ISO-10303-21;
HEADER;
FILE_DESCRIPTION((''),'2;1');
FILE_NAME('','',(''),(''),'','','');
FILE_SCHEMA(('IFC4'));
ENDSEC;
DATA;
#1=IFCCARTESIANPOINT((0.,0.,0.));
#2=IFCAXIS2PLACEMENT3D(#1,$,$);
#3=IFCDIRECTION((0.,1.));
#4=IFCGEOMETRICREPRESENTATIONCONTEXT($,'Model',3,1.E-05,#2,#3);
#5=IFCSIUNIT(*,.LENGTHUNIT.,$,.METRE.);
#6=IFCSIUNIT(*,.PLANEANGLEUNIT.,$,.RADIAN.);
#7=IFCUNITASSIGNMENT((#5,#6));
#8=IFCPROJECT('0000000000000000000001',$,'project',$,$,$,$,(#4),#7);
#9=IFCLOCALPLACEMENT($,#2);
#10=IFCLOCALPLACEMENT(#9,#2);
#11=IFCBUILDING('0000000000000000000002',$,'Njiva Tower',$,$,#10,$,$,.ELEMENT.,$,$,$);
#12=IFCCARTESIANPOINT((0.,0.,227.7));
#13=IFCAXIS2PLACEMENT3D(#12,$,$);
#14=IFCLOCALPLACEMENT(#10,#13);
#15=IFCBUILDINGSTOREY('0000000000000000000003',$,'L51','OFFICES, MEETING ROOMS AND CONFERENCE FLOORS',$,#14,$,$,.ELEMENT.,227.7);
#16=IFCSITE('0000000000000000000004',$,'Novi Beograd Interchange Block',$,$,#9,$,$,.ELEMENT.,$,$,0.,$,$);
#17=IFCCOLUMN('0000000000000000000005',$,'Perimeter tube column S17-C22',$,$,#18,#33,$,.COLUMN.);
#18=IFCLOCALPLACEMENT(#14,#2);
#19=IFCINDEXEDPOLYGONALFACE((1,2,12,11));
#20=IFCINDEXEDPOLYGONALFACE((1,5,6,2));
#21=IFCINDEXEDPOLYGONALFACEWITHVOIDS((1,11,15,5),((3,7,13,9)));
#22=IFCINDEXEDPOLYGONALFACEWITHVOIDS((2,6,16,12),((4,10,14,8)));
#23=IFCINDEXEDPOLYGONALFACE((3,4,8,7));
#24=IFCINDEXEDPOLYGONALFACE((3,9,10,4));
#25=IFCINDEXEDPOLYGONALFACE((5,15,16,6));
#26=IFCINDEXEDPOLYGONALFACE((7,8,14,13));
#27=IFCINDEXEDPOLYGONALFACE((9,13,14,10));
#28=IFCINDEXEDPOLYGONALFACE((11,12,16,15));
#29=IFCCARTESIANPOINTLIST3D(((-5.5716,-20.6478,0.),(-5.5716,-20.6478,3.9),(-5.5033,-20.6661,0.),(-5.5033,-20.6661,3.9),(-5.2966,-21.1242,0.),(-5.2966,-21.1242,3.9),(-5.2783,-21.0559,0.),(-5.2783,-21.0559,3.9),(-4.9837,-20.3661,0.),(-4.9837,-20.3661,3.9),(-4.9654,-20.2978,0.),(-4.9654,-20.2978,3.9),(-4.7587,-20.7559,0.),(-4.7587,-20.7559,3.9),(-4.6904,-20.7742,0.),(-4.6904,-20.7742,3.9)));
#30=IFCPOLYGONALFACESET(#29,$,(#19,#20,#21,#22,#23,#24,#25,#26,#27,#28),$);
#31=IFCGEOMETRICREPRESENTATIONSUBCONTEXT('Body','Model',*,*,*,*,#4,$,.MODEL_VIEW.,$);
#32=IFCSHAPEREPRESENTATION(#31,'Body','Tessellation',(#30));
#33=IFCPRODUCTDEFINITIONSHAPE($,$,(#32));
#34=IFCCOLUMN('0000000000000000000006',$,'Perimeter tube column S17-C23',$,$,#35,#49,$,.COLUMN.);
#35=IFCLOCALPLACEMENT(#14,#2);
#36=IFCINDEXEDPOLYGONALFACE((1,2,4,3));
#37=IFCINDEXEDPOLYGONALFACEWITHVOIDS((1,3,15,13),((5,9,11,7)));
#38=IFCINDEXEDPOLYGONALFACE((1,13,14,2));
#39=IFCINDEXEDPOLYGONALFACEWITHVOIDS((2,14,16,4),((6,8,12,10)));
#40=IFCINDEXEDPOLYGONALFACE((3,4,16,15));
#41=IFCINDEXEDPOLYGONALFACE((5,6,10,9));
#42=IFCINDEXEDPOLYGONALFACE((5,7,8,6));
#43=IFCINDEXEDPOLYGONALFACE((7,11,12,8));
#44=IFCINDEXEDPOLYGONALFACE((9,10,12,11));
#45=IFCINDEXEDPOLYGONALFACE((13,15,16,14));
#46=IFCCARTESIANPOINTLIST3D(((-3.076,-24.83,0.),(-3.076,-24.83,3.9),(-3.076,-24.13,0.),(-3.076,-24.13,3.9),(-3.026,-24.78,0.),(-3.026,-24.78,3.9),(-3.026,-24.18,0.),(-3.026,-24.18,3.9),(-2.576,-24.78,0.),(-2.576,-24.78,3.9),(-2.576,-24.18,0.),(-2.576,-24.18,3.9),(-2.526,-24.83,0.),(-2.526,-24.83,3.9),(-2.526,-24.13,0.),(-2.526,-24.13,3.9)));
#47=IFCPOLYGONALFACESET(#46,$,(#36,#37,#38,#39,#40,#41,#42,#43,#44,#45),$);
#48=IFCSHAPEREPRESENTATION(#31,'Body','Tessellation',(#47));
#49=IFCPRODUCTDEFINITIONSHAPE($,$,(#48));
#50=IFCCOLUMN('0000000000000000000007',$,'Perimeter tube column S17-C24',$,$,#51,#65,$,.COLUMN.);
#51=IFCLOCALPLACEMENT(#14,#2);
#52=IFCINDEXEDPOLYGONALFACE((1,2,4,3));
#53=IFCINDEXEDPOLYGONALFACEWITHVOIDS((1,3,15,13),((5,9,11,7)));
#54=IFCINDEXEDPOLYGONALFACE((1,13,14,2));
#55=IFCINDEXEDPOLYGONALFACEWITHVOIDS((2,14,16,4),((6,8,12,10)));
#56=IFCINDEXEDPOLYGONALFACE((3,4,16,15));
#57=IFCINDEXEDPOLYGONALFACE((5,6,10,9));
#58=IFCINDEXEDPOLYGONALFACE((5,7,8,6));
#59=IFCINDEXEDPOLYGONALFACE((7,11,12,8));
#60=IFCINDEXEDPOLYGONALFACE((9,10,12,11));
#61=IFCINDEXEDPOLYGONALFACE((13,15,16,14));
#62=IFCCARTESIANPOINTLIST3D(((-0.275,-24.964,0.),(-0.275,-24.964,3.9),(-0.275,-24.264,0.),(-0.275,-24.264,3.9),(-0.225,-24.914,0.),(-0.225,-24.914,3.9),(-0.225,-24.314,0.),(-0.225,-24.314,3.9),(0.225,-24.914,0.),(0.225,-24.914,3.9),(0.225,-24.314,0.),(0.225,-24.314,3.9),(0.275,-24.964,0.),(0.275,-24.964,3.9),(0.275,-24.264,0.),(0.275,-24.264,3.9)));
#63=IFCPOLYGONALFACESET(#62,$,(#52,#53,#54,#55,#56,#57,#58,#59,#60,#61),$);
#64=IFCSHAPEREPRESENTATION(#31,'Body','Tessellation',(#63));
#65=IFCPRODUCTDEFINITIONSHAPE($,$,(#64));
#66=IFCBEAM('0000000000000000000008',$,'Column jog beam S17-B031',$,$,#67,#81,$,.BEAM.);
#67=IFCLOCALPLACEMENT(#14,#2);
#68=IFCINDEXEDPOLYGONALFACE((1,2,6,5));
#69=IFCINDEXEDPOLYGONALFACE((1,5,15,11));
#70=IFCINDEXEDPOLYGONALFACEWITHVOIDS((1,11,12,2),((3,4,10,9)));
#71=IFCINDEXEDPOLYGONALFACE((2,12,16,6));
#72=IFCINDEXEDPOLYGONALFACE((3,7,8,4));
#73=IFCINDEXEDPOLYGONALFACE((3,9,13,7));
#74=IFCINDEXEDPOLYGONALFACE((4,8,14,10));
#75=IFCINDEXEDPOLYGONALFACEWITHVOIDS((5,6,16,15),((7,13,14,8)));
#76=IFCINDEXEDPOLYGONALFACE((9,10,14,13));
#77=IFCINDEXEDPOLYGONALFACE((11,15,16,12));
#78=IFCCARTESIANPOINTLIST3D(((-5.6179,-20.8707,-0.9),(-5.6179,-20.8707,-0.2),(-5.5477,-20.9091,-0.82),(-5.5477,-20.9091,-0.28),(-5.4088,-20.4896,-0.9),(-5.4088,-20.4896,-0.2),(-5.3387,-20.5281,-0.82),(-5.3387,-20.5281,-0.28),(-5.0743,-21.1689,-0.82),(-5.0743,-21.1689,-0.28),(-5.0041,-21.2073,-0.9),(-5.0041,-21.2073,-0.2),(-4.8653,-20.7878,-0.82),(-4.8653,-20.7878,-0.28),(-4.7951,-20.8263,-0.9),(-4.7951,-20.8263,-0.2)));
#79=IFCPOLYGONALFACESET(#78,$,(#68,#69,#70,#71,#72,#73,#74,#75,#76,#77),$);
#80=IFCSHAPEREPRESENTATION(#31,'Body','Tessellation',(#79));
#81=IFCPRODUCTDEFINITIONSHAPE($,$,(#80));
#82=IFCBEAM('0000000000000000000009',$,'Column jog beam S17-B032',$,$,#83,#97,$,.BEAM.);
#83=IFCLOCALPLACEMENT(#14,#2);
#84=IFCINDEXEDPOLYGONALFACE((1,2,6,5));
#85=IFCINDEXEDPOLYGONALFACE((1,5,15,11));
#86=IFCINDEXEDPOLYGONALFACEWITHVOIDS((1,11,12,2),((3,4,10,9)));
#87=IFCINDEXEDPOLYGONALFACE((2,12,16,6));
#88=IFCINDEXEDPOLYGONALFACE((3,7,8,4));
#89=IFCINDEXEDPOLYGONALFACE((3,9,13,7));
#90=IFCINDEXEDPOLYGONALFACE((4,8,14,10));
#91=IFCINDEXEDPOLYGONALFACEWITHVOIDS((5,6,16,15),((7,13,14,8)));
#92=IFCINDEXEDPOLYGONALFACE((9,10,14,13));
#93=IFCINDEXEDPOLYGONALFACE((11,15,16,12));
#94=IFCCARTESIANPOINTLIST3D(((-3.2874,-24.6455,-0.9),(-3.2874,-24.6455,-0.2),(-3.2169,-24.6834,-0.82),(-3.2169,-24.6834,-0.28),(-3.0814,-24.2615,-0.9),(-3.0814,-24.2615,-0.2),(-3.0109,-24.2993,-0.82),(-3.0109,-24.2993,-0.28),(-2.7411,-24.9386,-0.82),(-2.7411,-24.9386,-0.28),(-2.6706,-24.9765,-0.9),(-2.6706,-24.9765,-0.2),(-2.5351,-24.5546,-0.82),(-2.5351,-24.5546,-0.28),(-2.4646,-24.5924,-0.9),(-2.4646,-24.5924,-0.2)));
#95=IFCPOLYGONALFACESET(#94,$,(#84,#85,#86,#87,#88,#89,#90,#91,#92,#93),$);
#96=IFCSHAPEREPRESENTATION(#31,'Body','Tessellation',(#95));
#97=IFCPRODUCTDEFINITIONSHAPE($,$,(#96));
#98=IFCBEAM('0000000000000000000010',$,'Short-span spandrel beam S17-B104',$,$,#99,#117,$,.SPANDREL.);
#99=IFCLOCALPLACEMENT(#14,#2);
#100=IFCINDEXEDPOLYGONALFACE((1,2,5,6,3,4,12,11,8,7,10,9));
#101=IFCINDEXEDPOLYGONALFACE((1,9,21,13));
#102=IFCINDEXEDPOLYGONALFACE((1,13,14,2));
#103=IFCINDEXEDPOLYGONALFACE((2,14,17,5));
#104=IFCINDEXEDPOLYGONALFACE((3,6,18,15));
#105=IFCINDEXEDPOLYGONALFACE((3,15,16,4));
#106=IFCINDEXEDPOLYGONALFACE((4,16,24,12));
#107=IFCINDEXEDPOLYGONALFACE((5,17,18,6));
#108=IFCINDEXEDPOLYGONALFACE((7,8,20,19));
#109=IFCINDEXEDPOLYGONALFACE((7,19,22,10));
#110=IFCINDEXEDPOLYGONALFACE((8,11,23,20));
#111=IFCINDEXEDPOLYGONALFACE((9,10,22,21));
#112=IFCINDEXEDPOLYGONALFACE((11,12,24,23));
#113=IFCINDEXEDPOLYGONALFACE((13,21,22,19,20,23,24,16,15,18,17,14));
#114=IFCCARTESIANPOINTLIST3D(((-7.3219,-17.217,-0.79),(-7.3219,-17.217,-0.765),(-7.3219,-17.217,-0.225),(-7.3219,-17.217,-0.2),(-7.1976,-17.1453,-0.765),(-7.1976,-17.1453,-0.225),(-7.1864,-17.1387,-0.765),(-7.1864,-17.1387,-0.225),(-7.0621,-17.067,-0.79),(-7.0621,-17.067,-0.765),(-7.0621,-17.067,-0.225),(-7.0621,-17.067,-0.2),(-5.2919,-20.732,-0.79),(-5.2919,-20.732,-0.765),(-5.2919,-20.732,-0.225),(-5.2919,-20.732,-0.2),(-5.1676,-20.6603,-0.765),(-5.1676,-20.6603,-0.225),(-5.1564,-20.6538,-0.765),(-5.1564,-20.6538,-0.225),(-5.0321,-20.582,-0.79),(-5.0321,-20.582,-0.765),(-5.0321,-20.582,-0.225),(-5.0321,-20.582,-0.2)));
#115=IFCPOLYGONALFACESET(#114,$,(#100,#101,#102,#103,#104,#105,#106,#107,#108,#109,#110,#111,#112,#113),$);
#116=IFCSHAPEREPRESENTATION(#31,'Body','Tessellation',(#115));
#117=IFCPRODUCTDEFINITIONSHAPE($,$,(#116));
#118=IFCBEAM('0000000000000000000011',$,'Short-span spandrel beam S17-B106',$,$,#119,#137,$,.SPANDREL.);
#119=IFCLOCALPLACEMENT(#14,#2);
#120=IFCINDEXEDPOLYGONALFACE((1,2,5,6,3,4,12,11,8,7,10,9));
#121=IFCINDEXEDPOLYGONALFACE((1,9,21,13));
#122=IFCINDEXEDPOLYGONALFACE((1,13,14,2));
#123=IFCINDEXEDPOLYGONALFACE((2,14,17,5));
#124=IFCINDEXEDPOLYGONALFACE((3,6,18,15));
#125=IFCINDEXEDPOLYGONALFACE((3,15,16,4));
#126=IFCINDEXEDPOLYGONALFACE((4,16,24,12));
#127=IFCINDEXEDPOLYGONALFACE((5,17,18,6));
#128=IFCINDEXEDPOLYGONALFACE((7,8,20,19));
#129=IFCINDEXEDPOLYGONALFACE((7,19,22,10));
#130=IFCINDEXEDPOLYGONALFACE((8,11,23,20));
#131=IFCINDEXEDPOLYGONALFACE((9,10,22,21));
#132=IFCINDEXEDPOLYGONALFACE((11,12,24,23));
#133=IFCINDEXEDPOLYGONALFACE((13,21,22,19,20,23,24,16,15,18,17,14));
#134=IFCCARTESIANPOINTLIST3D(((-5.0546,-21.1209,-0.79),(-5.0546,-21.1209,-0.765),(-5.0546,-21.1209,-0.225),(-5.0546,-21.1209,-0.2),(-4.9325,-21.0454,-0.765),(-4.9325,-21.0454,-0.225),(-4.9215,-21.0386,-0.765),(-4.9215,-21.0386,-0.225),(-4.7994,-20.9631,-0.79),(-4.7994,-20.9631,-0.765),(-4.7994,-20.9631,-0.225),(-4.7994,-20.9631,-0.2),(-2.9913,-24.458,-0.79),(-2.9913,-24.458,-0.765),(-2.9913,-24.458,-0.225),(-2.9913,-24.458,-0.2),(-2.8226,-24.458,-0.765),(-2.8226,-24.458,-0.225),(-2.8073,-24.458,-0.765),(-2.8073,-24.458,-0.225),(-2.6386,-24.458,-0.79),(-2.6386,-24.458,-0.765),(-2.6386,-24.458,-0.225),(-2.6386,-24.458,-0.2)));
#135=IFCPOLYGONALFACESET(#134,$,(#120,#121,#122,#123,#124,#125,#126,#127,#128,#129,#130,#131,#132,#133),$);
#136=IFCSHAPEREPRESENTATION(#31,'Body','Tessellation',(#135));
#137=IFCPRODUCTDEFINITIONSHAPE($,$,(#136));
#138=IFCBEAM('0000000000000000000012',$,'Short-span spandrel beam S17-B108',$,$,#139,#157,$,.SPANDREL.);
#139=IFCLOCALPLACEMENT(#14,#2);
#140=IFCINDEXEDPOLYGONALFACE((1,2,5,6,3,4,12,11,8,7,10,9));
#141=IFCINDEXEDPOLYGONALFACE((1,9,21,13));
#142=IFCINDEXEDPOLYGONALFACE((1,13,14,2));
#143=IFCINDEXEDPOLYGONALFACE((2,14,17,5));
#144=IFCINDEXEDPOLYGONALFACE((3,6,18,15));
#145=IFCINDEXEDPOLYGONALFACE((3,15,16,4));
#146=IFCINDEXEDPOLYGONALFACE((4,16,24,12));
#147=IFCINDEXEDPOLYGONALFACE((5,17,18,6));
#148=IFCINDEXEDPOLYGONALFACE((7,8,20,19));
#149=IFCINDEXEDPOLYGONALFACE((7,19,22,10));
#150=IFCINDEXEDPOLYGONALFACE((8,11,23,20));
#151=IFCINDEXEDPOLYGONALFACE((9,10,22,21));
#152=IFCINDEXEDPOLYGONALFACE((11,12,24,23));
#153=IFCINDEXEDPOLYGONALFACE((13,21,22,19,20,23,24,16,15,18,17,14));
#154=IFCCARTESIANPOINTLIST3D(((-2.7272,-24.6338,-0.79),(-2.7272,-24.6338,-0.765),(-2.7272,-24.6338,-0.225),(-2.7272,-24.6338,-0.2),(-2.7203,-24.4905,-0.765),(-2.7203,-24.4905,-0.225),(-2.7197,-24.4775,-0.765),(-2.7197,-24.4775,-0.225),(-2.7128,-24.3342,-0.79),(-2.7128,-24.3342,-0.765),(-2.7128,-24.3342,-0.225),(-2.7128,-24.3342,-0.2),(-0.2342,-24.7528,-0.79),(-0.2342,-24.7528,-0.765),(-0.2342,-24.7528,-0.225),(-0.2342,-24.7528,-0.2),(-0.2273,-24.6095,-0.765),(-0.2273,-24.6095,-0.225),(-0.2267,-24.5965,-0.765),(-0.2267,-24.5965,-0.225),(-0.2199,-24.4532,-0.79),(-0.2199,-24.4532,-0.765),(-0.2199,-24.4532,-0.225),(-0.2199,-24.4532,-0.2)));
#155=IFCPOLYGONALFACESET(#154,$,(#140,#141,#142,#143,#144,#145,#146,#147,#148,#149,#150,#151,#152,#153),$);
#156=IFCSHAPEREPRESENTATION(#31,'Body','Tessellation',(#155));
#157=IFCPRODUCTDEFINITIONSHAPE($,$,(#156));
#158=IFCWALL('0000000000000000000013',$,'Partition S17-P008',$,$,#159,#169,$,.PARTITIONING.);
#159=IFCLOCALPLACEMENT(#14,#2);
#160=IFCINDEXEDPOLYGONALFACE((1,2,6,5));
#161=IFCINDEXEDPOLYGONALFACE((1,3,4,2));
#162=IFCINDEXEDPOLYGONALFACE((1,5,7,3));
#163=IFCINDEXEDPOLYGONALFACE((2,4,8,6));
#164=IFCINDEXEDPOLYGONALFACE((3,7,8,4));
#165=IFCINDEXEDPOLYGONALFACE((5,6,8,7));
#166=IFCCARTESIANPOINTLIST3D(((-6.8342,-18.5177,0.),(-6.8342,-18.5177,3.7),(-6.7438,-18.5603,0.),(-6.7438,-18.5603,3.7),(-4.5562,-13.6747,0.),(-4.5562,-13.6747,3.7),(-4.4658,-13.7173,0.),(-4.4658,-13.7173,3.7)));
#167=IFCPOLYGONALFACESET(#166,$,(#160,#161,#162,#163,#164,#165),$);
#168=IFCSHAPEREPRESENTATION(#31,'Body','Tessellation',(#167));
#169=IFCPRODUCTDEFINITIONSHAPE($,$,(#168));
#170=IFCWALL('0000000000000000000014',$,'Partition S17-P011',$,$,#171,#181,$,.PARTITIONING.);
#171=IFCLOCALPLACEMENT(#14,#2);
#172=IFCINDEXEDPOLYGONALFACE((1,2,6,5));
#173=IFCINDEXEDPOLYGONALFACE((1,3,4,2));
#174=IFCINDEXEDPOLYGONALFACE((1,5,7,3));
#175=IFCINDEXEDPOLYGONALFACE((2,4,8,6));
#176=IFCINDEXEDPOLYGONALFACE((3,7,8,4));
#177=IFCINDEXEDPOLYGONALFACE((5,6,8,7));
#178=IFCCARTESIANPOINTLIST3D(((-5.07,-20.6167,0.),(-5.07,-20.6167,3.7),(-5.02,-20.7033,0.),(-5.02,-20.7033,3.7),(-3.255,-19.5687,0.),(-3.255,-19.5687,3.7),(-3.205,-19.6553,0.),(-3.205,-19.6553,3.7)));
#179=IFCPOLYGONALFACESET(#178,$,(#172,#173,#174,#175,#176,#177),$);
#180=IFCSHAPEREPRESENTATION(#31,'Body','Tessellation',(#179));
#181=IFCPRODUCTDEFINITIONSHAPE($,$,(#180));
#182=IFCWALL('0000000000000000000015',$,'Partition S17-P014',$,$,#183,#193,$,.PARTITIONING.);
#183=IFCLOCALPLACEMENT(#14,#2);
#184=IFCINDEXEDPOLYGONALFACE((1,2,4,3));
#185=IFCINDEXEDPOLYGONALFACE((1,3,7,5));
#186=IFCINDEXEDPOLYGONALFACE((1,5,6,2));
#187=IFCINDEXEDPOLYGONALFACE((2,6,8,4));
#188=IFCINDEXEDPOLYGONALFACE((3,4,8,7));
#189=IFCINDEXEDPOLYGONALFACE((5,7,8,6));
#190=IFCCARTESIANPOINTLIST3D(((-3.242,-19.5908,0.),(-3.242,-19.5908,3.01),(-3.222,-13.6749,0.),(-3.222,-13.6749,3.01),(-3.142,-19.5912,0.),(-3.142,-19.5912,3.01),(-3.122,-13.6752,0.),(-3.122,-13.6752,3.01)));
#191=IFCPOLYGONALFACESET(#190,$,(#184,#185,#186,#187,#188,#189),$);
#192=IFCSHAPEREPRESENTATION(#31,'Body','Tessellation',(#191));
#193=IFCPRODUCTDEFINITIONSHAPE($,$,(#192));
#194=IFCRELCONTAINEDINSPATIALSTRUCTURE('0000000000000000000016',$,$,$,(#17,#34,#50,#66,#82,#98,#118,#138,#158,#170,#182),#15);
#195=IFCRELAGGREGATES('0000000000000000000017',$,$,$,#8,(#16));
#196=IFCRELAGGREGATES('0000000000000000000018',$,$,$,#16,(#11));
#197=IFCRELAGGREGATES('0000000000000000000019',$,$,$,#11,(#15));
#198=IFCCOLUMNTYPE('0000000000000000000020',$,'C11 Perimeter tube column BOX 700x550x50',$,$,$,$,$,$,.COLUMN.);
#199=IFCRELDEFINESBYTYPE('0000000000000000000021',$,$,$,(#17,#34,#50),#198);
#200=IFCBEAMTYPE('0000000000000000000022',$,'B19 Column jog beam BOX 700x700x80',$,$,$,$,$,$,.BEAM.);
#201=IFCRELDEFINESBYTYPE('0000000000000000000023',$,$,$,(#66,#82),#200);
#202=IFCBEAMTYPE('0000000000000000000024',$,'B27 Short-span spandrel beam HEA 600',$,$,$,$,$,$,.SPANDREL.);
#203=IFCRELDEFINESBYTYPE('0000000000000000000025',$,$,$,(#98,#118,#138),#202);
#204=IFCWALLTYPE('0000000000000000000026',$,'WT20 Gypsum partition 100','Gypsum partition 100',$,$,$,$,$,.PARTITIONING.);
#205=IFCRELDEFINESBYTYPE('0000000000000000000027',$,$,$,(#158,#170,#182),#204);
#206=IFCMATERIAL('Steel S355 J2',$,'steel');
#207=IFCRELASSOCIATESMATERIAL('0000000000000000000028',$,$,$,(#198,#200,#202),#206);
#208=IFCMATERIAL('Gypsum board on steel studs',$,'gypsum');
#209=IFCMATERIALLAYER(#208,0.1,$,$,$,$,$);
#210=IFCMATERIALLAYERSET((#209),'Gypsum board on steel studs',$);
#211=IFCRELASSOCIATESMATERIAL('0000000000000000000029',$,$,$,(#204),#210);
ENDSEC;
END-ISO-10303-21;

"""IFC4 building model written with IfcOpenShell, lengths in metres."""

from ifc_helpers import new_model, si_unit, direction, frame, frame_2d, origin, origin_2d, place, context, subcontext, project, spatial, rectangle, hollow_rectangle, i_section, extrude, clip, halfspace, material, layer, layer_set, material_profile, profile_set, type_object, element, save


model = new_model("IFC4")

# Units and contexts
model_context = context("Model", 3, precision=1e-05, world=origin(), true_north=direction((0.0, 1.0)))
body_context = subcontext(model_context, "Body", "Model", "MODEL_VIEW")
ifc_project = project(units=[si_unit("LENGTHUNIT", "METRE"), si_unit("PLANEANGLEUNIT", "RADIAN")], contexts=[model_context])

# Site, building, storey
site_placement = place(None, origin())
site = spatial("IfcSite", under=ifc_project, at=site_placement, Name="Novi Beograd Interchange Block", CompositionType="ELEMENT", RefElevation=0.0)
building_placement = place(site_placement, origin())
building = spatial("IfcBuilding", under=site, at=building_placement, Name="Njiva Tower", CompositionType="ELEMENT")
storey_placement = place(building_placement, frame((0.0, 0.0, 227.7)))
storey = spatial("IfcBuildingStorey", under=building, at=storey_placement, Name="L51", Description="OFFICES, MEETING ROOMS AND CONFERENCE FLOORS", CompositionType="ELEMENT", Elevation=227.7)

# Columns
ifc_material_1 = material(Name="Steel S355 J2", Category="steel")
ifc_material_profile_1 = material_profile(ifc_material_1, hollow_rectangle(XDim=0.55, YDim=0.7, WallThickness=0.05, at=origin_2d()), Name="BOX 700x550x50")
ifc_profile_set_1 = profile_set([ifc_material_profile_1], Name="Steel S355 J2")
column_type = type_object("IfcColumnType", Name="C11 Perimeter tube column BOX 700x550x50", PredefinedType="COLUMN", material=ifc_profile_set_1)
for number, where, z_axis, x_axis, name in (
    (1, (-5.131, -20.711, 0.0), (0.0, 0.0, 1.0), (0.5, -0.866025, 0.0), "Perimeter tube column S17-C22"),
    (2, (-2.801, -24.48, 0.0), (0.0, 0.0, 1.0), (1.0, 0.0, 0.0), "Perimeter tube column S17-C23"),
    (3, (0.0, -24.614, 0.0), (0.0, 0.0, 1.0), (1.0, 0.0, 0.0), "Perimeter tube column S17-C24"),
):
    element("IfcColumn", number, at=place(storey_placement, frame(where, z_axis=z_axis, x_axis=x_axis)), inside=storey, type_object=column_type, Name=name, PredefinedType="COLUMN", context=body_context, shape_type="SweptSolid", body=[
        extrude(hollow_rectangle(XDim=0.55, YDim=0.7, WallThickness=0.05, at=origin_2d()), origin(), (0.0, 0.0, 1.0), 3.9),
    ])

# Beams
ifc_material_profile_2 = material_profile(ifc_material_1, hollow_rectangle(XDim=0.7, YDim=0.7, WallThickness=0.08, at=origin_2d()), Name="BOX 700x700x80")
ifc_profile_set_2 = profile_set([ifc_material_profile_2], Name="Steel S355 J2")
beam_type_1 = type_object("IfcBeamType", Name="B19 Column jog beam BOX 700x700x80", PredefinedType="BEAM", material=ifc_profile_set_2)
beam_1_placement = place(storey_placement, frame((-5.311, -21.039, -0.55), z_axis=(0.480947, 0.87675, 0.0), x_axis=(-0.87675, 0.480947, 0.0)))
element("IfcBeam", 4, at=beam_1_placement, inside=storey, type_object=beam_type_1, Name="Column jog beam S17-B031", PredefinedType="BEAM", context=body_context, shape_type="SweptSolid", body=[
    extrude(hollow_rectangle(XDim=0.7, YDim=0.7, WallThickness=0.08, at=origin_2d()), origin(), (0.0, 0.0, 1.0), 0.4346),
])
beam_2_placement = place(storey_placement, frame((-2.979, -24.811, -0.55), z_axis=(0.472731, 0.881207, 0.0), x_axis=(-0.881207, 0.472731, 0.0)))
element("IfcBeam", 5, at=beam_2_placement, inside=storey, type_object=beam_type_1, Name="Column jog beam S17-B032", PredefinedType="BEAM", context=body_context, shape_type="SweptSolid", body=[
    extrude(hollow_rectangle(XDim=0.7, YDim=0.7, WallThickness=0.08, at=origin_2d()), origin(), (0.0, 0.0, 1.0), 0.4358),
])
ifc_material_profile_3 = material_profile(ifc_material_1, i_section(OverallWidth=0.3, OverallDepth=0.59, WebThickness=0.013, FlangeThickness=0.025, at=origin_2d()), Name="HEA 600")
ifc_profile_set_3 = profile_set([ifc_material_profile_3], Name="Steel S355 J2")
beam_type_2 = type_object("IfcBeamType", Name="B27 Short-span spandrel beam HEA 600", PredefinedType="SPANDREL", material=ifc_profile_set_3)
beam_3_placement = place(storey_placement, frame((-7.192, -17.142, -0.495), z_axis=(0.500113, -0.86596, 0.0), x_axis=(0.86596, 0.500113, 0.0)))
element("IfcBeam", 6, at=beam_3_placement, inside=storey, type_object=beam_type_2, Name="Short-span spandrel beam S17-B104", PredefinedType="SPANDREL", context=body_context, shape_type="SweptSolid", body=[
    extrude(i_section(OverallWidth=0.3, OverallDepth=0.59, WebThickness=0.013, FlangeThickness=0.025, at=origin_2d()), origin(), (0.0, 0.0, 1.0), 4.0591),
])
beam_4_placement = place(storey_placement, frame((-4.927, -21.042, -0.495), z_axis=(0.525875, -0.850562, 0.0), x_axis=(0.850562, 0.525875, 0.0)))
element("IfcBeam", 7, at=beam_4_placement, inside=storey, type_object=beam_type_2, Name="Short-span spandrel beam S17-B106", PredefinedType="SPANDREL", context=body_context, shape_type="Clipping", body=[
    clip(extrude(i_section(OverallWidth=0.3, OverallDepth=0.59, WebThickness=0.013, FlangeThickness=0.025, at=origin_2d()), origin(), (0.0, 0.0, 1.0), 4.1292), halfspace(frame((-0.0265, 0.0, 3.9998), z_axis=(-0.525875, 0.0, 0.850562), x_axis=(0.0, 1.0, 0.0)), False)),
])
beam_5_placement = place(storey_placement, frame((-2.72, -24.484, -0.495), z_axis=(0.998863, -0.047679, 0.0), x_axis=(0.047679, 0.998863, 0.0)))
element("IfcBeam", 8, at=beam_5_placement, inside=storey, type_object=beam_type_2, Name="Short-span spandrel beam S17-B108", PredefinedType="SPANDREL", context=body_context, shape_type="SweptSolid", body=[
    extrude(i_section(OverallWidth=0.3, OverallDepth=0.59, WebThickness=0.013, FlangeThickness=0.025, at=origin_2d()), origin(), (0.0, 0.0, 1.0), 2.4958),
])

# Walls
ifc_material_2 = material(Name="Gypsum board on steel studs", Category="gypsum")
ifc_layer_1 = layer(ifc_material_2, 0.1)
ifc_layer_set_1 = layer_set([ifc_layer_1], Name="Gypsum board on steel studs")
wall_type_1 = type_object("IfcWallType", Name="WT20 Gypsum partition 100", Description="Gypsum partition 100", PredefinedType="PARTITIONING", material=ifc_layer_set_1)
wall_1_placement = place(storey_placement, frame((-6.789, -18.539, 0.0), z_axis=(0.0, 0.0, 1.0), x_axis=(0.425635, 0.904895, 0.0)))
element("IfcWall", 9, at=wall_1_placement, inside=storey, type_object=wall_type_1, Name="Partition S17-P008", PredefinedType="PARTITIONING", context=body_context, shape_type="SweptSolid", body=[
    extrude(rectangle(XDim=5.352, YDim=0.1, at=frame_2d((2.676, 0.0))), origin(), (0.0, 0.0, 1.0), 3.7),
])
wall_2_placement = place(storey_placement, frame((-5.045, -20.66, 0.0), z_axis=(0.0, 0.0, 1.0), x_axis=(0.866003, 0.500039, 0.0)))
element("IfcWall", 10, at=wall_2_placement, inside=storey, type_object=wall_type_1, Name="Partition S17-P011", PredefinedType="PARTITIONING", context=body_context, shape_type="SweptSolid", body=[
    extrude(rectangle(XDim=2.0958, YDim=0.1, at=frame_2d((1.0479, 0.0))), origin(), (0.0, 0.0, 1.0), 3.7),
])
wall_3_placement = place(storey_placement, frame((-3.192, -19.591, 0.0), z_axis=(0.0, 0.0, 1.0), x_axis=(0.003381, 0.999994, 0.0)))
element("IfcWall", 11, at=wall_3_placement, inside=storey, type_object=wall_type_1, Name="Partition S17-P014", PredefinedType="PARTITIONING", context=body_context, shape_type="SweptSolid", body=[
    extrude(rectangle(XDim=5.916, YDim=0.1, at=frame_2d((2.958, 0.0))), origin(), (0.0, 0.0, 1.0), 3.01),
])

save(model, "model.ifc")
